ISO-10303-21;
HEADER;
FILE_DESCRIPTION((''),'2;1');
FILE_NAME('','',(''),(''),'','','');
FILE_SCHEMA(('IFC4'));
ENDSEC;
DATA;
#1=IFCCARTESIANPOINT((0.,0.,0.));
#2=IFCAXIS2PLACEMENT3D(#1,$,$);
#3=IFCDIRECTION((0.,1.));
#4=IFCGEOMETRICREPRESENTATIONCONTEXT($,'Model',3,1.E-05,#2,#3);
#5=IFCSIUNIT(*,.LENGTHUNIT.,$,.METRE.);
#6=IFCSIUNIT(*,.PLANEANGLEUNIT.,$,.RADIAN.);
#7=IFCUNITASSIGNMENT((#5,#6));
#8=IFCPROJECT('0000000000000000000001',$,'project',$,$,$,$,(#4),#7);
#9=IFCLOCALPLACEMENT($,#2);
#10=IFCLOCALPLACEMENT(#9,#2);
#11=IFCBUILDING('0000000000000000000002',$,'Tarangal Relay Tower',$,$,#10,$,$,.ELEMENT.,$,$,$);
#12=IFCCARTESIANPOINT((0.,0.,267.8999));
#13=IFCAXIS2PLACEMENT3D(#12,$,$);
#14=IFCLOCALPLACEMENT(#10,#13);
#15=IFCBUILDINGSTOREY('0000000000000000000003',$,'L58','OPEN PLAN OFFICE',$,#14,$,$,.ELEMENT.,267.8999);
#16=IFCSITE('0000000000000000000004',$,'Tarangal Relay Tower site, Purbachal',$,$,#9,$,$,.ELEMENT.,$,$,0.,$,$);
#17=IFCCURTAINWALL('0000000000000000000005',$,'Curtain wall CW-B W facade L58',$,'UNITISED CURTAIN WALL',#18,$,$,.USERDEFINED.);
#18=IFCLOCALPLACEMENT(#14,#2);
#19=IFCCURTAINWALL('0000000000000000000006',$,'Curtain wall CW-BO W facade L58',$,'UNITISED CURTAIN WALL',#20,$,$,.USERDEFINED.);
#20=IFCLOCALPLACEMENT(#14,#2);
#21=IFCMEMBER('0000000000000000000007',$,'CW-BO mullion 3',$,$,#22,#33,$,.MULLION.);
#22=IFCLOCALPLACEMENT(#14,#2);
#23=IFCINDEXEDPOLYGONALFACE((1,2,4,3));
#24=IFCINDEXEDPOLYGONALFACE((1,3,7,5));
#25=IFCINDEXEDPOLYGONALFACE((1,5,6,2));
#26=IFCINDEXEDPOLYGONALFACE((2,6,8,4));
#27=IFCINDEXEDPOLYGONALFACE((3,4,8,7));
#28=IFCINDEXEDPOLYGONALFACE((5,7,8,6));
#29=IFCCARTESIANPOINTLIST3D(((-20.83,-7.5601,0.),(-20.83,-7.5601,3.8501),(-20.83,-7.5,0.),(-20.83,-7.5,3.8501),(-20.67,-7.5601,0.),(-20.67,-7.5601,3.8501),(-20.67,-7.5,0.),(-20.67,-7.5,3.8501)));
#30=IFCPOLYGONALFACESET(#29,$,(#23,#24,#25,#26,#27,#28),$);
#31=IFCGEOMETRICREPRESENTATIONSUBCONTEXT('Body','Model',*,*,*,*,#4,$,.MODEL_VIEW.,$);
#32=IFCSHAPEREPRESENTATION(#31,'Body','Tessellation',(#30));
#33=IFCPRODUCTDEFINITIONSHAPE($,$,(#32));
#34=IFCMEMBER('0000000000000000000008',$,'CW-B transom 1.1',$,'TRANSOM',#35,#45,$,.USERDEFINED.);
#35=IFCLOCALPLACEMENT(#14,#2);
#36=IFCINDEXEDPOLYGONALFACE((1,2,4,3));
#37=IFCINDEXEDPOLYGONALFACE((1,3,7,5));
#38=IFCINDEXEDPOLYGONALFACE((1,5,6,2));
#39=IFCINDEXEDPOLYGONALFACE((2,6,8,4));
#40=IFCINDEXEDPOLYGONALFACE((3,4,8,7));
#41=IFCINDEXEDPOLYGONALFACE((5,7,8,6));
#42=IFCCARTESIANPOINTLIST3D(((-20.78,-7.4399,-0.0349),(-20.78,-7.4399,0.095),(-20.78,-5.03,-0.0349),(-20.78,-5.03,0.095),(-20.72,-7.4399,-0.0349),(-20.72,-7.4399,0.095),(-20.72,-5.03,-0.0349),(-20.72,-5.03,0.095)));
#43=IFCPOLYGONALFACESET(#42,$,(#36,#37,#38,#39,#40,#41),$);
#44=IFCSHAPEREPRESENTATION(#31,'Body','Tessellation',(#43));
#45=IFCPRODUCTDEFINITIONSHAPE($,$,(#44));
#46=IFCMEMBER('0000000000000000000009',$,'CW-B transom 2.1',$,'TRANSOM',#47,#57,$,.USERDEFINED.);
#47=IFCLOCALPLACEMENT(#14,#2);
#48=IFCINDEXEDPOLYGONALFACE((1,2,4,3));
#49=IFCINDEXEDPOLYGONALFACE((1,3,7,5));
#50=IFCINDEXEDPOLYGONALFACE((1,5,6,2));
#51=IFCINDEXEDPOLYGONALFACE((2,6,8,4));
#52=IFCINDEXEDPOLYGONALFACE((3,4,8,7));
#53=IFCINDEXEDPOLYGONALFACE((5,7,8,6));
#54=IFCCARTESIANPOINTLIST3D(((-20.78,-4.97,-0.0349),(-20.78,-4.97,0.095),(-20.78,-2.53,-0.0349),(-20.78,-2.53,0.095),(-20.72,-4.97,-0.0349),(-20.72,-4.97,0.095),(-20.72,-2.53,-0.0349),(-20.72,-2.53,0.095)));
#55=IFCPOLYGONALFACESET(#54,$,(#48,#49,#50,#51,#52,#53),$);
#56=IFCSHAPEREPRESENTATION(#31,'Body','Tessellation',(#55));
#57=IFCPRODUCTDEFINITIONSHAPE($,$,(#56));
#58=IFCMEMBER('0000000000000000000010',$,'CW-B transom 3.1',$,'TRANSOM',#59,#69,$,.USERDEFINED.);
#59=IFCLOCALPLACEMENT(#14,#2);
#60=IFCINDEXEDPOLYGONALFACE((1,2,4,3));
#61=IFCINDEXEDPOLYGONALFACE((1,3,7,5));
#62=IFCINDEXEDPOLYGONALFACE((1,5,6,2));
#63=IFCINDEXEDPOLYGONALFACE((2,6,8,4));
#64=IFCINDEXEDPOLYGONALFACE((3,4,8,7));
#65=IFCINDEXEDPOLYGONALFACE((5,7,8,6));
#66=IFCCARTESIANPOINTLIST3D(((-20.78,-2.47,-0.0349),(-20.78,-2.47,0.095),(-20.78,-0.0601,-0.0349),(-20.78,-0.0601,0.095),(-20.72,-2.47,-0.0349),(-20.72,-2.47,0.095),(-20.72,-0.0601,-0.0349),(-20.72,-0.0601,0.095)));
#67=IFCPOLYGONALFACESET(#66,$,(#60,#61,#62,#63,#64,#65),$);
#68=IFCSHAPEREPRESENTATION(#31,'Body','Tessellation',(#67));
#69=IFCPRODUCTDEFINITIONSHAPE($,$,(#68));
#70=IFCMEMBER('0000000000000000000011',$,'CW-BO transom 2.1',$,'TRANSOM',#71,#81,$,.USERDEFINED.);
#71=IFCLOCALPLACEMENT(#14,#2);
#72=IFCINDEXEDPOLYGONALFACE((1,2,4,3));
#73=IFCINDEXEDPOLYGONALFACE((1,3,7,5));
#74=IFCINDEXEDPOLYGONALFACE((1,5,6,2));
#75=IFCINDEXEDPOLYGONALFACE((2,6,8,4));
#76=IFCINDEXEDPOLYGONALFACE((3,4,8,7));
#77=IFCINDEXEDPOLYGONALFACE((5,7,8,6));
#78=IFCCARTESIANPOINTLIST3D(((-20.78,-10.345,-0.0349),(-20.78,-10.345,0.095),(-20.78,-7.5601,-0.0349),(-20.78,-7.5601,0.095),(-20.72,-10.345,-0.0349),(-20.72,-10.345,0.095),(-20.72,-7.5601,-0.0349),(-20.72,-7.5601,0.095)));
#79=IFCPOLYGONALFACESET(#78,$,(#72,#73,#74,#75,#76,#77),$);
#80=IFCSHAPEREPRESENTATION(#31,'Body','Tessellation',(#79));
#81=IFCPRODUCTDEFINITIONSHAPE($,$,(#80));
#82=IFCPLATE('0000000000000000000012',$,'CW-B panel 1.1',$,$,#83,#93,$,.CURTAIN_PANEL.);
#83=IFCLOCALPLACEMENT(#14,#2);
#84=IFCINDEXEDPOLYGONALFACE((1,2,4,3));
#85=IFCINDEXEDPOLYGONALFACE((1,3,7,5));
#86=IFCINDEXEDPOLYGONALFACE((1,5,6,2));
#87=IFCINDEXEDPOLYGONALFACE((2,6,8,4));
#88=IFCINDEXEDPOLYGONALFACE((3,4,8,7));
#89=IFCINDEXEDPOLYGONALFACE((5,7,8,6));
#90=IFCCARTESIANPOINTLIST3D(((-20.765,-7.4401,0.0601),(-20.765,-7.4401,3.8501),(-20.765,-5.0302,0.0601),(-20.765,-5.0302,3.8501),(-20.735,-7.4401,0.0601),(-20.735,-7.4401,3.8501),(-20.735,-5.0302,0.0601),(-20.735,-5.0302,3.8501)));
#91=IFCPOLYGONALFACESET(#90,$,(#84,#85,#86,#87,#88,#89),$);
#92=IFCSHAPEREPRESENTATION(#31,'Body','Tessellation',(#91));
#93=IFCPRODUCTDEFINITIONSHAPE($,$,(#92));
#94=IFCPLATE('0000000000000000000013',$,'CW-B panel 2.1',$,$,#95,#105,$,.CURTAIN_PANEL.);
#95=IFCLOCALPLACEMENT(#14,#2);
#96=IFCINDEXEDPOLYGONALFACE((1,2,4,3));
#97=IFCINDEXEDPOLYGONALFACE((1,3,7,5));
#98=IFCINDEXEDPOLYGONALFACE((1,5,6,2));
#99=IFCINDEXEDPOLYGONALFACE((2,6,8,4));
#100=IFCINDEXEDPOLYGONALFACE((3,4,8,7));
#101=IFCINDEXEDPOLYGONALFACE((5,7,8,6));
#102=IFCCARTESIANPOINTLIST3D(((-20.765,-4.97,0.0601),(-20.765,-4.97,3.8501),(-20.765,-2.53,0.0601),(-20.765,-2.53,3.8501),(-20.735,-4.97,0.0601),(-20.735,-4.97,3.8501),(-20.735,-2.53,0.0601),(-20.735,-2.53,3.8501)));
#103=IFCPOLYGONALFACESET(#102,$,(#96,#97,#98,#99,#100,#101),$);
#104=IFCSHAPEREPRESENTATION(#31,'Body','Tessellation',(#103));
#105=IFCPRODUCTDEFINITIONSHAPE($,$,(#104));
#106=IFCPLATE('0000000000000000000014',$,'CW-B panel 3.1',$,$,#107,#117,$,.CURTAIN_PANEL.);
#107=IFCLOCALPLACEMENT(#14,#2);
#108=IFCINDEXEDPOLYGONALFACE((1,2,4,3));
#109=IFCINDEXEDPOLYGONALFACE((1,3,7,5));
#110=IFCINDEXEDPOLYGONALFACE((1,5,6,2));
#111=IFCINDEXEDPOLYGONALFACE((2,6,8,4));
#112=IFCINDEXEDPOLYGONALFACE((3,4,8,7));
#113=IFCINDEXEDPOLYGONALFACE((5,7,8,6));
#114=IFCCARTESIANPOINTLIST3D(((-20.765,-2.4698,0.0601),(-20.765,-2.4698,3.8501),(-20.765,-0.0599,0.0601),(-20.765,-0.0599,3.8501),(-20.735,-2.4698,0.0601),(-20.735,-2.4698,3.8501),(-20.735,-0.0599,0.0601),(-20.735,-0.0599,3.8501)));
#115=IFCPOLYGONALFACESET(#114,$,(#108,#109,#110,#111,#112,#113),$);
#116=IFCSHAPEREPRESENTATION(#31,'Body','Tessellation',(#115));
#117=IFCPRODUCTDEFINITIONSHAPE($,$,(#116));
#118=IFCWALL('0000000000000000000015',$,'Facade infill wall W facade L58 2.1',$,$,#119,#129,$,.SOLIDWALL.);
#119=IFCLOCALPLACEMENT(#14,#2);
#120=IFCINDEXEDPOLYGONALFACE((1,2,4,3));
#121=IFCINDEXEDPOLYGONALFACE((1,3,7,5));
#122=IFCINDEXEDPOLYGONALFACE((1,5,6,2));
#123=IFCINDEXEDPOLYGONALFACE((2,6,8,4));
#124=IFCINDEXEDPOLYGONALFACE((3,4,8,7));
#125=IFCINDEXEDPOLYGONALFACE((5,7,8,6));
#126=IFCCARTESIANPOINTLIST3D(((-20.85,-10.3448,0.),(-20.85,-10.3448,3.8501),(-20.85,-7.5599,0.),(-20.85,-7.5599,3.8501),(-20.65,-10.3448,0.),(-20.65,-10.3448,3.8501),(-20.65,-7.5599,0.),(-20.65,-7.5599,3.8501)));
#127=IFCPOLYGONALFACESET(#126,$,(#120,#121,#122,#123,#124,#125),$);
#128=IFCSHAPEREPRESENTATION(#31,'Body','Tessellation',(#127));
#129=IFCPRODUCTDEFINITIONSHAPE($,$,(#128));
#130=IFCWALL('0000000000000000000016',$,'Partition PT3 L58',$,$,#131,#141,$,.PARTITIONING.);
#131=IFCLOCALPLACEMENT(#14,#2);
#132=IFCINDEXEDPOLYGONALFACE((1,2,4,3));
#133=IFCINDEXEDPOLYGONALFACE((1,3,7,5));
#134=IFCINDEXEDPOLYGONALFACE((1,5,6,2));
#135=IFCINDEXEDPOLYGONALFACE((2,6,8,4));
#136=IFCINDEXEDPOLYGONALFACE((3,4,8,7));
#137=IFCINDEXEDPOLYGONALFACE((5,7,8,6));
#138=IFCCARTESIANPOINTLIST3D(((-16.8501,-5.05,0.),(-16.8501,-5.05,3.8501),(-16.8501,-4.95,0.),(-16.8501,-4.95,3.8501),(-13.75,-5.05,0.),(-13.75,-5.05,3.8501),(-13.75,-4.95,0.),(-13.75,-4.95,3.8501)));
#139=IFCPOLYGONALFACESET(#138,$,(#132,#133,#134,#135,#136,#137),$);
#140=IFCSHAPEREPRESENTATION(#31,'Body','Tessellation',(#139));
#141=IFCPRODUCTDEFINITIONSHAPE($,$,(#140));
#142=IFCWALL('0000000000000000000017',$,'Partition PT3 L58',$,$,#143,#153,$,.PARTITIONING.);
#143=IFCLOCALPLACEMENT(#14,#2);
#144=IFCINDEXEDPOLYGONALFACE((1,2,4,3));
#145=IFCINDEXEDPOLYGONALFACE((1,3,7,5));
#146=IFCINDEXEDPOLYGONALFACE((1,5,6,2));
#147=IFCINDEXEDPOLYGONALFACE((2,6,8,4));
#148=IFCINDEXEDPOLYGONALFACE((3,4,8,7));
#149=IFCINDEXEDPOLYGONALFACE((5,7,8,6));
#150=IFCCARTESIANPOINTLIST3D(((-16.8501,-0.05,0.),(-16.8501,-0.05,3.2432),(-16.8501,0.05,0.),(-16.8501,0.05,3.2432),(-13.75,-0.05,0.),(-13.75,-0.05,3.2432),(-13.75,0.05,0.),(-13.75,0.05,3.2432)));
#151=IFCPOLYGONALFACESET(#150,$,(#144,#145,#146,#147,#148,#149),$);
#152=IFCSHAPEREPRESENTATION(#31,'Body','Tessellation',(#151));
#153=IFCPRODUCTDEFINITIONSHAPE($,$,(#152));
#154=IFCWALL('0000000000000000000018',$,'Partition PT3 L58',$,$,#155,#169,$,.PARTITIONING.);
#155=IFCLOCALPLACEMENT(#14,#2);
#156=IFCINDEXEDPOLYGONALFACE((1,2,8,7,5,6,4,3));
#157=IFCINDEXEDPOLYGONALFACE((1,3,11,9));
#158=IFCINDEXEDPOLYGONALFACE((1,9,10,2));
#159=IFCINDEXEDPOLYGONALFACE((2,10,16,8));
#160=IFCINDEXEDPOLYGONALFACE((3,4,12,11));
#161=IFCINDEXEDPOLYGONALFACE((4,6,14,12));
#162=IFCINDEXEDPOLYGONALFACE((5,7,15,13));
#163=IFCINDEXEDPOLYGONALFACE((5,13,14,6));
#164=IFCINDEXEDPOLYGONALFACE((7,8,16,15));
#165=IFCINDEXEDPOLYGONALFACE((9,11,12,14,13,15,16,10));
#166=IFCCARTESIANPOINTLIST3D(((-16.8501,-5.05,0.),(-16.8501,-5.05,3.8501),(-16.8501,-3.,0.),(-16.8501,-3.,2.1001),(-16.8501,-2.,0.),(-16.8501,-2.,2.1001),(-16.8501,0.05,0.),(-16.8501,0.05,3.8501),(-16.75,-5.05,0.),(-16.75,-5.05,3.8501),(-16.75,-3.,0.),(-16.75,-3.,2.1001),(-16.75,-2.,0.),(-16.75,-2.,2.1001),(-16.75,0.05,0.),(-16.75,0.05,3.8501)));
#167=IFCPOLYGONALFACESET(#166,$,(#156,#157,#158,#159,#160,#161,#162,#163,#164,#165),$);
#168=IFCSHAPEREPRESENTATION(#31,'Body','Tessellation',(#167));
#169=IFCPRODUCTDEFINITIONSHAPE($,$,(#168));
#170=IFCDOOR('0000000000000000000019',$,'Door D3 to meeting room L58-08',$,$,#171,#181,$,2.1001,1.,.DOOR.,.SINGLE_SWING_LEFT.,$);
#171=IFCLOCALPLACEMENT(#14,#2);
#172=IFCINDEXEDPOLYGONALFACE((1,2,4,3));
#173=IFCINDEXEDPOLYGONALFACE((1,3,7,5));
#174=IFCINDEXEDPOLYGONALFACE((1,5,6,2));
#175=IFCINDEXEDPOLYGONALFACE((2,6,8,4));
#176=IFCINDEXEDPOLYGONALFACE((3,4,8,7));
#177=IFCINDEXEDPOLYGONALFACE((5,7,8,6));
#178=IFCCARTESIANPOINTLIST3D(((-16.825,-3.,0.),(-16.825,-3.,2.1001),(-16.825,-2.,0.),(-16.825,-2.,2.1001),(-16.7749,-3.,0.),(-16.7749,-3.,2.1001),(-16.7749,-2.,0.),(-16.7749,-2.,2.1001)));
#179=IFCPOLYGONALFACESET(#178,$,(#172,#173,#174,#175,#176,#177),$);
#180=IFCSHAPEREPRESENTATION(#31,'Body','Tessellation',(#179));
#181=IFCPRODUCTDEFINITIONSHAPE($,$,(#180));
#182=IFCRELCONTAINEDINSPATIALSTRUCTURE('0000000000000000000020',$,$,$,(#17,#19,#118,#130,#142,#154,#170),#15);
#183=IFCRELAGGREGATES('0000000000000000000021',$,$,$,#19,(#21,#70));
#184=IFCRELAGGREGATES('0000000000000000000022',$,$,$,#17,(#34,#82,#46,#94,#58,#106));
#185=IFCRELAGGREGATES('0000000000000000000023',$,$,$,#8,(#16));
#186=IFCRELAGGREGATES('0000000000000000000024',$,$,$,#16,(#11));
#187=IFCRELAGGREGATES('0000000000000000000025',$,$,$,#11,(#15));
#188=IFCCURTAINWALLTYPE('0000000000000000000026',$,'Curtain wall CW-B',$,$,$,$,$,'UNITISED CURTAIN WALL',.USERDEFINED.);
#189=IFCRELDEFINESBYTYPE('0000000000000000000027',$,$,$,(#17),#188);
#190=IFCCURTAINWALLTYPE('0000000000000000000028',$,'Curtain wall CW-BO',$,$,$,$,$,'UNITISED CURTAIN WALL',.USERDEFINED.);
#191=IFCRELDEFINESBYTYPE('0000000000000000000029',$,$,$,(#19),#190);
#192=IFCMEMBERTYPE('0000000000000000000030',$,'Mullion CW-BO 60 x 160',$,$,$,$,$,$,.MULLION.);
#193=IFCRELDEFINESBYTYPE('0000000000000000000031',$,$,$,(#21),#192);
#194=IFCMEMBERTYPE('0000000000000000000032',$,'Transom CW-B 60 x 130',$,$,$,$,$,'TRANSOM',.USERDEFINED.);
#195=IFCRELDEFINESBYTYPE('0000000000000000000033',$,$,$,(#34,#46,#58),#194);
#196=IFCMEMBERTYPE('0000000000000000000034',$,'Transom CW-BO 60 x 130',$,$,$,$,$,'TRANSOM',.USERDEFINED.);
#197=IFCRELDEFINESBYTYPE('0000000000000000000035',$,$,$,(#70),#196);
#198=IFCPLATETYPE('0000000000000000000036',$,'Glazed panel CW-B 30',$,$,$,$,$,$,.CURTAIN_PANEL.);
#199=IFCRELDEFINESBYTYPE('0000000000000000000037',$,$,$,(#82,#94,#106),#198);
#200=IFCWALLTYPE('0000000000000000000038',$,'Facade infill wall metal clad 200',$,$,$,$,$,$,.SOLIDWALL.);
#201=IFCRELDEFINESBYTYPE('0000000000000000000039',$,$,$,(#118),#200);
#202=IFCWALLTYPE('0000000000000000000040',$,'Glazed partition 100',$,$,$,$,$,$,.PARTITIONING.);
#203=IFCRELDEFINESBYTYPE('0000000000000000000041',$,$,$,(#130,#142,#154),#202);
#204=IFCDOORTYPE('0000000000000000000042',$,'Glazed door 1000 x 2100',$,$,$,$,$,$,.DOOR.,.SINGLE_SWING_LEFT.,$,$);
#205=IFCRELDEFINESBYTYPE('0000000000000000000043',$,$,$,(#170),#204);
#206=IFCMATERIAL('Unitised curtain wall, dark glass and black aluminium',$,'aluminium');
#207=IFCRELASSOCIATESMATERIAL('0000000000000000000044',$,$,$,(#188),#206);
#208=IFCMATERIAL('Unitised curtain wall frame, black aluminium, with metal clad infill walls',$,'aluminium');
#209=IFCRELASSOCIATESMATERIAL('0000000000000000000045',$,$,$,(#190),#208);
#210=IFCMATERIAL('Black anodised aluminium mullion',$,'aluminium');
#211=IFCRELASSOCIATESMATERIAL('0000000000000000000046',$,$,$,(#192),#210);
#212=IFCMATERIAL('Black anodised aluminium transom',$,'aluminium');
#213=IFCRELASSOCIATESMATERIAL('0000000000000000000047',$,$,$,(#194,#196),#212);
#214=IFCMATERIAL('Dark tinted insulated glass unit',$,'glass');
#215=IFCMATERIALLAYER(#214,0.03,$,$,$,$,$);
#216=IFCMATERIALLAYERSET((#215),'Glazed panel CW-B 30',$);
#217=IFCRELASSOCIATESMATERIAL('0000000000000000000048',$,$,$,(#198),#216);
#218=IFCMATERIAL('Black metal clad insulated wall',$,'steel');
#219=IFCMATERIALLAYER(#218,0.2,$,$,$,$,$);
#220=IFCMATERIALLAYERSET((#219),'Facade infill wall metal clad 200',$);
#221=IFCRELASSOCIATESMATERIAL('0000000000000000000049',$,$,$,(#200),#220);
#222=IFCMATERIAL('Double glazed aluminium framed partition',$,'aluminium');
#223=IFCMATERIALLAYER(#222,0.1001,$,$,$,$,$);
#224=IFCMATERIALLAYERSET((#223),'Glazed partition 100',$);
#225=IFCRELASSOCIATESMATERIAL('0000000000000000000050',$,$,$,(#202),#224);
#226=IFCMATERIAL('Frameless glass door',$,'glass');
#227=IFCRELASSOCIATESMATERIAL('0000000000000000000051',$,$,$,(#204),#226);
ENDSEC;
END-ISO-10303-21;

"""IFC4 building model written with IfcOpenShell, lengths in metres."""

from ifc_helpers import new_model, si_unit, direction, frame, frame_2d, origin, origin_2d, place, context, subcontext, project, spatial, rectangle, extrude, material, layer, layer_set, material_profile, profile_set, type_object, element, fill, aggregate, save


model = new_model("IFC4")

# Units and contexts
model_context = context("Model", 3, precision=1e-05, world=origin(), true_north=direction((0.0, 1.0)))
body_context = subcontext(model_context, "Body", "Model", "MODEL_VIEW")
ifc_project = project(units=[si_unit("LENGTHUNIT", "METRE"), si_unit("PLANEANGLEUNIT", "RADIAN")], contexts=[model_context])

# Site, building, storey
site_placement = place(None, origin())
site = spatial("IfcSite", under=ifc_project, at=site_placement, Name="Tarangal Relay Tower site, Purbachal", CompositionType="ELEMENT", RefElevation=0.0)
building_placement = place(site_placement, origin())
building = spatial("IfcBuilding", under=site, at=building_placement, Name="Tarangal Relay Tower", CompositionType="ELEMENT")
storey_placement = place(building_placement, frame((0.0, 0.0, 267.8999)))
storey = spatial("IfcBuildingStorey", under=building, at=storey_placement, Name="L58", Description="OPEN PLAN OFFICE", CompositionType="ELEMENT", Elevation=267.8999)

# Curtain wall
ifc_material_1 = material(Name="Unitised curtain wall, dark glass and black aluminium", Category="aluminium")
curtain_wall_type_1 = type_object("IfcCurtainWallType", Name="Curtain wall CW-B", ElementType="UNITISED CURTAIN WALL", PredefinedType="USERDEFINED", material=ifc_material_1)
curtain_wall_1_placement = place(storey_placement, origin())
curtain_wall_1 = element("IfcCurtainWall", 1, at=curtain_wall_1_placement, inside=storey, type_object=curtain_wall_type_1, Name="Curtain wall CW-B W facade L58", ObjectType="UNITISED CURTAIN WALL", PredefinedType="USERDEFINED")
ifc_material_2 = material(Name="Black anodised aluminium mullion", Category="aluminium")

# Curtain wall, member
ifc_material_3 = material(Name="Unitised curtain wall frame, black aluminium, with metal clad infill walls", Category="aluminium")
curtain_wall_type_2 = type_object("IfcCurtainWallType", Name="Curtain wall CW-BO", ElementType="UNITISED CURTAIN WALL", PredefinedType="USERDEFINED", material=ifc_material_3)
curtain_wall_2_placement = place(storey_placement, origin())
curtain_wall_2 = element("IfcCurtainWall", 2, at=curtain_wall_2_placement, inside=storey, type_object=curtain_wall_type_2, Name="Curtain wall CW-BO W facade L58", ObjectType="UNITISED CURTAIN WALL", PredefinedType="USERDEFINED")
ifc_material_profile_1 = material_profile(ifc_material_2, rectangle(XDim=0.1599, YDim=0.0601, at=origin_2d()), Name="CW-BOM 60X160")
ifc_profile_set_1 = profile_set([ifc_material_profile_1], Name="Black anodised aluminium mullion")
member_type_1 = type_object("IfcMemberType", Name="Mullion CW-BO 60 x 160", PredefinedType="MULLION", material=ifc_profile_set_1)
member_1_placement = place(storey_placement, frame((-20.75, -7.53, 0.0), z_axis=(0.0, 0.0, 1.0), x_axis=(-1.0, 0.0, 0.0)))
member_1 = element("IfcMember", 3, at=member_1_placement, type_object=member_type_1, Name="CW-BO mullion 3", PredefinedType="MULLION", context=body_context, shape_type="SweptSolid", body=[
    extrude(rectangle(XDim=0.1599, YDim=0.0601, at=origin_2d()), origin(), (0.0, 0.0, 1.0), 3.8501),
])

# Members
ifc_material_4 = material(Name="Black anodised aluminium transom", Category="aluminium")
ifc_material_profile_2 = material_profile(ifc_material_4, rectangle(XDim=0.0601, YDim=0.1299, at=origin_2d()), Name="CW-BT 60X130")
ifc_profile_set_2 = profile_set([ifc_material_profile_2], Name="Black anodised aluminium transom")
member_type_2 = type_object("IfcMemberType", Name="Transom CW-B 60 x 130", ElementType="TRANSOM", PredefinedType="USERDEFINED", material=ifc_profile_set_2)
member_2_placement = place(storey_placement, frame((-20.75, -7.4399, 0.03), z_axis=(0.0, 1.0, 0.0), x_axis=(-1.0, 0.0, 0.0)))
member_2 = element("IfcMember", 4, at=member_2_placement, type_object=member_type_2, Name="CW-B transom 1.1", ObjectType="TRANSOM", PredefinedType="USERDEFINED", context=body_context, shape_type="SweptSolid", body=[
    extrude(rectangle(XDim=0.0601, YDim=0.1299, at=origin_2d()), origin(), (0.0, 0.0, 1.0), 2.4099),
])
member_3_placement = place(storey_placement, frame((-20.75, -4.97, 0.03), z_axis=(0.0, 1.0, 0.0), x_axis=(-1.0, 0.0, 0.0)))
member_3 = element("IfcMember", 5, at=member_3_placement, type_object=member_type_2, Name="CW-B transom 2.1", ObjectType="TRANSOM", PredefinedType="USERDEFINED", context=body_context, shape_type="SweptSolid", body=[
    extrude(rectangle(XDim=0.0601, YDim=0.1299, at=origin_2d()), origin(), (0.0, 0.0, 1.0), 2.4399),
])
member_4_placement = place(storey_placement, frame((-20.75, -2.47, 0.03), z_axis=(0.0, 1.0, 0.0), x_axis=(-1.0, 0.0, 0.0)))
member_4 = element("IfcMember", 6, at=member_4_placement, type_object=member_type_2, Name="CW-B transom 3.1", ObjectType="TRANSOM", PredefinedType="USERDEFINED", context=body_context, shape_type="SweptSolid", body=[
    extrude(rectangle(XDim=0.0601, YDim=0.1299, at=origin_2d()), origin(), (0.0, 0.0, 1.0), 2.4099),
])
ifc_material_profile_3 = material_profile(ifc_material_4, rectangle(XDim=0.0601, YDim=0.1299, at=origin_2d()), Name="CW-BOT 60X130")
ifc_profile_set_3 = profile_set([ifc_material_profile_3], Name="Black anodised aluminium transom")
member_type_3 = type_object("IfcMemberType", Name="Transom CW-BO 60 x 130", ElementType="TRANSOM", PredefinedType="USERDEFINED", material=ifc_profile_set_3)
member_5_placement = place(storey_placement, frame((-20.75, -10.345, 0.03), z_axis=(0.0, 1.0, 0.0), x_axis=(-1.0, 0.0, 0.0)))
member_5 = element("IfcMember", 7, at=member_5_placement, type_object=member_type_3, Name="CW-BO transom 2.1", ObjectType="TRANSOM", PredefinedType="USERDEFINED", context=body_context, shape_type="SweptSolid", body=[
    extrude(rectangle(XDim=0.0601, YDim=0.1299, at=origin_2d()), origin(), (0.0, 0.0, 1.0), 2.7849),
])
aggregate(curtain_wall_2, [member_1, member_5])

# Plates
ifc_material_5 = material(Name="Dark tinted insulated glass unit", Category="glass")
ifc_layer_1 = layer(ifc_material_5, 0.03)
ifc_layer_set_1 = layer_set([ifc_layer_1], Name="Glazed panel CW-B 30")
plate_type = type_object("IfcPlateType", Name="Glazed panel CW-B 30", PredefinedType="CURTAIN_PANEL", material=ifc_layer_set_1)
plate_1_placement = place(storey_placement, frame((-20.75, -6.2351, 0.0601), z_axis=(0.0, 0.0, 1.0), x_axis=(0.0, 1.0, 0.0)))
plate_1 = element("IfcPlate", 8, at=plate_1_placement, type_object=plate_type, Name="CW-B panel 1.1", PredefinedType="CURTAIN_PANEL", context=body_context, shape_type="SweptSolid", body=[
    extrude(rectangle(XDim=2.4099, YDim=0.03, at=origin_2d()), origin(), (0.0, 0.0, 1.0), 3.79),
])
plate_2_placement = place(storey_placement, frame((-20.75, -3.75, 0.0601), z_axis=(0.0, 0.0, 1.0), x_axis=(0.0, 1.0, 0.0)))
plate_2 = element("IfcPlate", 9, at=plate_2_placement, type_object=plate_type, Name="CW-B panel 2.1", PredefinedType="CURTAIN_PANEL", context=body_context, shape_type="SweptSolid", body=[
    extrude(rectangle(XDim=2.4399, YDim=0.03, at=origin_2d()), origin(), (0.0, 0.0, 1.0), 3.79),
])
plate_3_placement = place(storey_placement, frame((-20.75, -1.2649, 0.0601), z_axis=(0.0, 0.0, 1.0), x_axis=(0.0, 1.0, 0.0)))
plate_3 = element("IfcPlate", 10, at=plate_3_placement, type_object=plate_type, Name="CW-B panel 3.1", PredefinedType="CURTAIN_PANEL", context=body_context, shape_type="SweptSolid", body=[
    extrude(rectangle(XDim=2.4099, YDim=0.03, at=origin_2d()), origin(), (0.0, 0.0, 1.0), 3.79),
])
aggregate(curtain_wall_1, [member_2, plate_1, member_3, plate_2, member_4, plate_3])

# Walls
ifc_material_6 = material(Name="Black metal clad insulated wall", Category="steel")
ifc_layer_2 = layer(ifc_material_6, 0.2)
ifc_layer_set_2 = layer_set([ifc_layer_2], Name="Facade infill wall metal clad 200")
wall_type_1 = type_object("IfcWallType", Name="Facade infill wall metal clad 200", PredefinedType="SOLIDWALL", material=ifc_layer_set_2)
wall_1_placement = place(storey_placement, frame((-20.75, -10.345, 0.0), z_axis=(0.0, 0.0, 1.0), x_axis=(0.0, 1.0, 0.0)))
element("IfcWall", 11, at=wall_1_placement, inside=storey, type_object=wall_type_1, Name="Facade infill wall W facade L58 2.1", PredefinedType="SOLIDWALL", context=body_context, shape_type="SweptSolid", body=[
    extrude(rectangle(XDim=2.7849, YDim=0.2, at=frame_2d((1.3926, 0.0))), origin(), (0.0, 0.0, 1.0), 3.8501),
])
ifc_material_7 = material(Name="Double glazed aluminium framed partition", Category="aluminium")
ifc_layer_3 = layer(ifc_material_7, 0.1001)
ifc_layer_set_3 = layer_set([ifc_layer_3], Name="Glazed partition 100")
wall_type_2 = type_object("IfcWallType", Name="Glazed partition 100", PredefinedType="PARTITIONING", material=ifc_layer_set_3)
wall_2_placement = place(storey_placement, frame((-16.8501, -5.0, 0.0), z_axis=(0.0, 0.0, 1.0), x_axis=(1.0, 0.0, 0.0)))
element("IfcWall", 12, at=wall_2_placement, inside=storey, type_object=wall_type_2, Name="Partition PT3 L58", PredefinedType="PARTITIONING", context=body_context, shape_type="SweptSolid", body=[
    extrude(rectangle(XDim=3.1001, YDim=0.1001, at=frame_2d((1.55, 0.0))), origin(), (0.0, 0.0, 1.0), 3.8501),
])
wall_3_placement = place(storey_placement, frame((-16.8501, 0.0, 0.0), z_axis=(0.0, 0.0, 1.0), x_axis=(1.0, 0.0, 0.0)))
element("IfcWall", 13, at=wall_3_placement, inside=storey, type_object=wall_type_2, Name="Partition PT3 L58", PredefinedType="PARTITIONING", context=body_context, shape_type="SweptSolid", body=[
    extrude(rectangle(XDim=3.1001, YDim=0.1001, at=frame_2d((1.55, 0.0))), origin(), (0.0, 0.0, 1.0), 3.2432),
])

# Wall, opening, door
wall_4_placement = place(storey_placement, frame((-16.8, -5.05, 0.0), z_axis=(0.0, 0.0, 1.0), x_axis=(0.0, 1.0, 0.0)))
wall_4 = element("IfcWall", 14, at=wall_4_placement, inside=storey, type_object=wall_type_2, Name="Partition PT3 L58", PredefinedType="PARTITIONING", context=body_context, shape_type="SweptSolid", body=[
    extrude(rectangle(XDim=5.1001, YDim=0.1001, at=frame_2d((2.55, 0.0))), origin(), (0.0, 0.0, 1.0), 3.8501),
])
opening_placement = place(wall_4_placement, frame((2.05, 0.0, 0.0)))
opening = element("IfcOpeningElement", 15, at=opening_placement, cuts=wall_4, PredefinedType="OPENING", context=body_context, shape_type="SweptSolid", body=[
    extrude(rectangle(XDim=1.0, YDim=2.1001, at=frame_2d((0.5, 1.05))), frame((0.0, 0.0601, 0.0), z_axis=(0.0, -1.0, 0.0), x_axis=(1.0, 0.0, 0.0)), (0.0, 0.0, 1.0), 0.1201),
])
ifc_material_8 = material(Name="Frameless glass door", Category="glass")
door_type = type_object("IfcDoorType", Name="Glazed door 1000 x 2100", OperationType="SINGLE_SWING_LEFT", PredefinedType="DOOR", material=ifc_material_8)
door_placement = place(opening_placement, origin())
door = element("IfcDoor", 16, at=door_placement, inside=storey, type_object=door_type, Name="Door D3 to meeting room L58-08", OperationType="SINGLE_SWING_LEFT", OverallHeight=2.1001, OverallWidth=1.0, PredefinedType="DOOR", context=body_context, shape_type="SweptSolid", body=[
    extrude(rectangle(XDim=1.0, YDim=2.1001, at=frame_2d((0.5, 1.05))), frame((0.0, 0.0249, 0.0), z_axis=(0.0, -1.0, 0.0), x_axis=(1.0, 0.0, 0.0)), (0.0, 0.0, 1.0), 0.05),
])
fill(opening, door)

save(model, "model.ifc")
